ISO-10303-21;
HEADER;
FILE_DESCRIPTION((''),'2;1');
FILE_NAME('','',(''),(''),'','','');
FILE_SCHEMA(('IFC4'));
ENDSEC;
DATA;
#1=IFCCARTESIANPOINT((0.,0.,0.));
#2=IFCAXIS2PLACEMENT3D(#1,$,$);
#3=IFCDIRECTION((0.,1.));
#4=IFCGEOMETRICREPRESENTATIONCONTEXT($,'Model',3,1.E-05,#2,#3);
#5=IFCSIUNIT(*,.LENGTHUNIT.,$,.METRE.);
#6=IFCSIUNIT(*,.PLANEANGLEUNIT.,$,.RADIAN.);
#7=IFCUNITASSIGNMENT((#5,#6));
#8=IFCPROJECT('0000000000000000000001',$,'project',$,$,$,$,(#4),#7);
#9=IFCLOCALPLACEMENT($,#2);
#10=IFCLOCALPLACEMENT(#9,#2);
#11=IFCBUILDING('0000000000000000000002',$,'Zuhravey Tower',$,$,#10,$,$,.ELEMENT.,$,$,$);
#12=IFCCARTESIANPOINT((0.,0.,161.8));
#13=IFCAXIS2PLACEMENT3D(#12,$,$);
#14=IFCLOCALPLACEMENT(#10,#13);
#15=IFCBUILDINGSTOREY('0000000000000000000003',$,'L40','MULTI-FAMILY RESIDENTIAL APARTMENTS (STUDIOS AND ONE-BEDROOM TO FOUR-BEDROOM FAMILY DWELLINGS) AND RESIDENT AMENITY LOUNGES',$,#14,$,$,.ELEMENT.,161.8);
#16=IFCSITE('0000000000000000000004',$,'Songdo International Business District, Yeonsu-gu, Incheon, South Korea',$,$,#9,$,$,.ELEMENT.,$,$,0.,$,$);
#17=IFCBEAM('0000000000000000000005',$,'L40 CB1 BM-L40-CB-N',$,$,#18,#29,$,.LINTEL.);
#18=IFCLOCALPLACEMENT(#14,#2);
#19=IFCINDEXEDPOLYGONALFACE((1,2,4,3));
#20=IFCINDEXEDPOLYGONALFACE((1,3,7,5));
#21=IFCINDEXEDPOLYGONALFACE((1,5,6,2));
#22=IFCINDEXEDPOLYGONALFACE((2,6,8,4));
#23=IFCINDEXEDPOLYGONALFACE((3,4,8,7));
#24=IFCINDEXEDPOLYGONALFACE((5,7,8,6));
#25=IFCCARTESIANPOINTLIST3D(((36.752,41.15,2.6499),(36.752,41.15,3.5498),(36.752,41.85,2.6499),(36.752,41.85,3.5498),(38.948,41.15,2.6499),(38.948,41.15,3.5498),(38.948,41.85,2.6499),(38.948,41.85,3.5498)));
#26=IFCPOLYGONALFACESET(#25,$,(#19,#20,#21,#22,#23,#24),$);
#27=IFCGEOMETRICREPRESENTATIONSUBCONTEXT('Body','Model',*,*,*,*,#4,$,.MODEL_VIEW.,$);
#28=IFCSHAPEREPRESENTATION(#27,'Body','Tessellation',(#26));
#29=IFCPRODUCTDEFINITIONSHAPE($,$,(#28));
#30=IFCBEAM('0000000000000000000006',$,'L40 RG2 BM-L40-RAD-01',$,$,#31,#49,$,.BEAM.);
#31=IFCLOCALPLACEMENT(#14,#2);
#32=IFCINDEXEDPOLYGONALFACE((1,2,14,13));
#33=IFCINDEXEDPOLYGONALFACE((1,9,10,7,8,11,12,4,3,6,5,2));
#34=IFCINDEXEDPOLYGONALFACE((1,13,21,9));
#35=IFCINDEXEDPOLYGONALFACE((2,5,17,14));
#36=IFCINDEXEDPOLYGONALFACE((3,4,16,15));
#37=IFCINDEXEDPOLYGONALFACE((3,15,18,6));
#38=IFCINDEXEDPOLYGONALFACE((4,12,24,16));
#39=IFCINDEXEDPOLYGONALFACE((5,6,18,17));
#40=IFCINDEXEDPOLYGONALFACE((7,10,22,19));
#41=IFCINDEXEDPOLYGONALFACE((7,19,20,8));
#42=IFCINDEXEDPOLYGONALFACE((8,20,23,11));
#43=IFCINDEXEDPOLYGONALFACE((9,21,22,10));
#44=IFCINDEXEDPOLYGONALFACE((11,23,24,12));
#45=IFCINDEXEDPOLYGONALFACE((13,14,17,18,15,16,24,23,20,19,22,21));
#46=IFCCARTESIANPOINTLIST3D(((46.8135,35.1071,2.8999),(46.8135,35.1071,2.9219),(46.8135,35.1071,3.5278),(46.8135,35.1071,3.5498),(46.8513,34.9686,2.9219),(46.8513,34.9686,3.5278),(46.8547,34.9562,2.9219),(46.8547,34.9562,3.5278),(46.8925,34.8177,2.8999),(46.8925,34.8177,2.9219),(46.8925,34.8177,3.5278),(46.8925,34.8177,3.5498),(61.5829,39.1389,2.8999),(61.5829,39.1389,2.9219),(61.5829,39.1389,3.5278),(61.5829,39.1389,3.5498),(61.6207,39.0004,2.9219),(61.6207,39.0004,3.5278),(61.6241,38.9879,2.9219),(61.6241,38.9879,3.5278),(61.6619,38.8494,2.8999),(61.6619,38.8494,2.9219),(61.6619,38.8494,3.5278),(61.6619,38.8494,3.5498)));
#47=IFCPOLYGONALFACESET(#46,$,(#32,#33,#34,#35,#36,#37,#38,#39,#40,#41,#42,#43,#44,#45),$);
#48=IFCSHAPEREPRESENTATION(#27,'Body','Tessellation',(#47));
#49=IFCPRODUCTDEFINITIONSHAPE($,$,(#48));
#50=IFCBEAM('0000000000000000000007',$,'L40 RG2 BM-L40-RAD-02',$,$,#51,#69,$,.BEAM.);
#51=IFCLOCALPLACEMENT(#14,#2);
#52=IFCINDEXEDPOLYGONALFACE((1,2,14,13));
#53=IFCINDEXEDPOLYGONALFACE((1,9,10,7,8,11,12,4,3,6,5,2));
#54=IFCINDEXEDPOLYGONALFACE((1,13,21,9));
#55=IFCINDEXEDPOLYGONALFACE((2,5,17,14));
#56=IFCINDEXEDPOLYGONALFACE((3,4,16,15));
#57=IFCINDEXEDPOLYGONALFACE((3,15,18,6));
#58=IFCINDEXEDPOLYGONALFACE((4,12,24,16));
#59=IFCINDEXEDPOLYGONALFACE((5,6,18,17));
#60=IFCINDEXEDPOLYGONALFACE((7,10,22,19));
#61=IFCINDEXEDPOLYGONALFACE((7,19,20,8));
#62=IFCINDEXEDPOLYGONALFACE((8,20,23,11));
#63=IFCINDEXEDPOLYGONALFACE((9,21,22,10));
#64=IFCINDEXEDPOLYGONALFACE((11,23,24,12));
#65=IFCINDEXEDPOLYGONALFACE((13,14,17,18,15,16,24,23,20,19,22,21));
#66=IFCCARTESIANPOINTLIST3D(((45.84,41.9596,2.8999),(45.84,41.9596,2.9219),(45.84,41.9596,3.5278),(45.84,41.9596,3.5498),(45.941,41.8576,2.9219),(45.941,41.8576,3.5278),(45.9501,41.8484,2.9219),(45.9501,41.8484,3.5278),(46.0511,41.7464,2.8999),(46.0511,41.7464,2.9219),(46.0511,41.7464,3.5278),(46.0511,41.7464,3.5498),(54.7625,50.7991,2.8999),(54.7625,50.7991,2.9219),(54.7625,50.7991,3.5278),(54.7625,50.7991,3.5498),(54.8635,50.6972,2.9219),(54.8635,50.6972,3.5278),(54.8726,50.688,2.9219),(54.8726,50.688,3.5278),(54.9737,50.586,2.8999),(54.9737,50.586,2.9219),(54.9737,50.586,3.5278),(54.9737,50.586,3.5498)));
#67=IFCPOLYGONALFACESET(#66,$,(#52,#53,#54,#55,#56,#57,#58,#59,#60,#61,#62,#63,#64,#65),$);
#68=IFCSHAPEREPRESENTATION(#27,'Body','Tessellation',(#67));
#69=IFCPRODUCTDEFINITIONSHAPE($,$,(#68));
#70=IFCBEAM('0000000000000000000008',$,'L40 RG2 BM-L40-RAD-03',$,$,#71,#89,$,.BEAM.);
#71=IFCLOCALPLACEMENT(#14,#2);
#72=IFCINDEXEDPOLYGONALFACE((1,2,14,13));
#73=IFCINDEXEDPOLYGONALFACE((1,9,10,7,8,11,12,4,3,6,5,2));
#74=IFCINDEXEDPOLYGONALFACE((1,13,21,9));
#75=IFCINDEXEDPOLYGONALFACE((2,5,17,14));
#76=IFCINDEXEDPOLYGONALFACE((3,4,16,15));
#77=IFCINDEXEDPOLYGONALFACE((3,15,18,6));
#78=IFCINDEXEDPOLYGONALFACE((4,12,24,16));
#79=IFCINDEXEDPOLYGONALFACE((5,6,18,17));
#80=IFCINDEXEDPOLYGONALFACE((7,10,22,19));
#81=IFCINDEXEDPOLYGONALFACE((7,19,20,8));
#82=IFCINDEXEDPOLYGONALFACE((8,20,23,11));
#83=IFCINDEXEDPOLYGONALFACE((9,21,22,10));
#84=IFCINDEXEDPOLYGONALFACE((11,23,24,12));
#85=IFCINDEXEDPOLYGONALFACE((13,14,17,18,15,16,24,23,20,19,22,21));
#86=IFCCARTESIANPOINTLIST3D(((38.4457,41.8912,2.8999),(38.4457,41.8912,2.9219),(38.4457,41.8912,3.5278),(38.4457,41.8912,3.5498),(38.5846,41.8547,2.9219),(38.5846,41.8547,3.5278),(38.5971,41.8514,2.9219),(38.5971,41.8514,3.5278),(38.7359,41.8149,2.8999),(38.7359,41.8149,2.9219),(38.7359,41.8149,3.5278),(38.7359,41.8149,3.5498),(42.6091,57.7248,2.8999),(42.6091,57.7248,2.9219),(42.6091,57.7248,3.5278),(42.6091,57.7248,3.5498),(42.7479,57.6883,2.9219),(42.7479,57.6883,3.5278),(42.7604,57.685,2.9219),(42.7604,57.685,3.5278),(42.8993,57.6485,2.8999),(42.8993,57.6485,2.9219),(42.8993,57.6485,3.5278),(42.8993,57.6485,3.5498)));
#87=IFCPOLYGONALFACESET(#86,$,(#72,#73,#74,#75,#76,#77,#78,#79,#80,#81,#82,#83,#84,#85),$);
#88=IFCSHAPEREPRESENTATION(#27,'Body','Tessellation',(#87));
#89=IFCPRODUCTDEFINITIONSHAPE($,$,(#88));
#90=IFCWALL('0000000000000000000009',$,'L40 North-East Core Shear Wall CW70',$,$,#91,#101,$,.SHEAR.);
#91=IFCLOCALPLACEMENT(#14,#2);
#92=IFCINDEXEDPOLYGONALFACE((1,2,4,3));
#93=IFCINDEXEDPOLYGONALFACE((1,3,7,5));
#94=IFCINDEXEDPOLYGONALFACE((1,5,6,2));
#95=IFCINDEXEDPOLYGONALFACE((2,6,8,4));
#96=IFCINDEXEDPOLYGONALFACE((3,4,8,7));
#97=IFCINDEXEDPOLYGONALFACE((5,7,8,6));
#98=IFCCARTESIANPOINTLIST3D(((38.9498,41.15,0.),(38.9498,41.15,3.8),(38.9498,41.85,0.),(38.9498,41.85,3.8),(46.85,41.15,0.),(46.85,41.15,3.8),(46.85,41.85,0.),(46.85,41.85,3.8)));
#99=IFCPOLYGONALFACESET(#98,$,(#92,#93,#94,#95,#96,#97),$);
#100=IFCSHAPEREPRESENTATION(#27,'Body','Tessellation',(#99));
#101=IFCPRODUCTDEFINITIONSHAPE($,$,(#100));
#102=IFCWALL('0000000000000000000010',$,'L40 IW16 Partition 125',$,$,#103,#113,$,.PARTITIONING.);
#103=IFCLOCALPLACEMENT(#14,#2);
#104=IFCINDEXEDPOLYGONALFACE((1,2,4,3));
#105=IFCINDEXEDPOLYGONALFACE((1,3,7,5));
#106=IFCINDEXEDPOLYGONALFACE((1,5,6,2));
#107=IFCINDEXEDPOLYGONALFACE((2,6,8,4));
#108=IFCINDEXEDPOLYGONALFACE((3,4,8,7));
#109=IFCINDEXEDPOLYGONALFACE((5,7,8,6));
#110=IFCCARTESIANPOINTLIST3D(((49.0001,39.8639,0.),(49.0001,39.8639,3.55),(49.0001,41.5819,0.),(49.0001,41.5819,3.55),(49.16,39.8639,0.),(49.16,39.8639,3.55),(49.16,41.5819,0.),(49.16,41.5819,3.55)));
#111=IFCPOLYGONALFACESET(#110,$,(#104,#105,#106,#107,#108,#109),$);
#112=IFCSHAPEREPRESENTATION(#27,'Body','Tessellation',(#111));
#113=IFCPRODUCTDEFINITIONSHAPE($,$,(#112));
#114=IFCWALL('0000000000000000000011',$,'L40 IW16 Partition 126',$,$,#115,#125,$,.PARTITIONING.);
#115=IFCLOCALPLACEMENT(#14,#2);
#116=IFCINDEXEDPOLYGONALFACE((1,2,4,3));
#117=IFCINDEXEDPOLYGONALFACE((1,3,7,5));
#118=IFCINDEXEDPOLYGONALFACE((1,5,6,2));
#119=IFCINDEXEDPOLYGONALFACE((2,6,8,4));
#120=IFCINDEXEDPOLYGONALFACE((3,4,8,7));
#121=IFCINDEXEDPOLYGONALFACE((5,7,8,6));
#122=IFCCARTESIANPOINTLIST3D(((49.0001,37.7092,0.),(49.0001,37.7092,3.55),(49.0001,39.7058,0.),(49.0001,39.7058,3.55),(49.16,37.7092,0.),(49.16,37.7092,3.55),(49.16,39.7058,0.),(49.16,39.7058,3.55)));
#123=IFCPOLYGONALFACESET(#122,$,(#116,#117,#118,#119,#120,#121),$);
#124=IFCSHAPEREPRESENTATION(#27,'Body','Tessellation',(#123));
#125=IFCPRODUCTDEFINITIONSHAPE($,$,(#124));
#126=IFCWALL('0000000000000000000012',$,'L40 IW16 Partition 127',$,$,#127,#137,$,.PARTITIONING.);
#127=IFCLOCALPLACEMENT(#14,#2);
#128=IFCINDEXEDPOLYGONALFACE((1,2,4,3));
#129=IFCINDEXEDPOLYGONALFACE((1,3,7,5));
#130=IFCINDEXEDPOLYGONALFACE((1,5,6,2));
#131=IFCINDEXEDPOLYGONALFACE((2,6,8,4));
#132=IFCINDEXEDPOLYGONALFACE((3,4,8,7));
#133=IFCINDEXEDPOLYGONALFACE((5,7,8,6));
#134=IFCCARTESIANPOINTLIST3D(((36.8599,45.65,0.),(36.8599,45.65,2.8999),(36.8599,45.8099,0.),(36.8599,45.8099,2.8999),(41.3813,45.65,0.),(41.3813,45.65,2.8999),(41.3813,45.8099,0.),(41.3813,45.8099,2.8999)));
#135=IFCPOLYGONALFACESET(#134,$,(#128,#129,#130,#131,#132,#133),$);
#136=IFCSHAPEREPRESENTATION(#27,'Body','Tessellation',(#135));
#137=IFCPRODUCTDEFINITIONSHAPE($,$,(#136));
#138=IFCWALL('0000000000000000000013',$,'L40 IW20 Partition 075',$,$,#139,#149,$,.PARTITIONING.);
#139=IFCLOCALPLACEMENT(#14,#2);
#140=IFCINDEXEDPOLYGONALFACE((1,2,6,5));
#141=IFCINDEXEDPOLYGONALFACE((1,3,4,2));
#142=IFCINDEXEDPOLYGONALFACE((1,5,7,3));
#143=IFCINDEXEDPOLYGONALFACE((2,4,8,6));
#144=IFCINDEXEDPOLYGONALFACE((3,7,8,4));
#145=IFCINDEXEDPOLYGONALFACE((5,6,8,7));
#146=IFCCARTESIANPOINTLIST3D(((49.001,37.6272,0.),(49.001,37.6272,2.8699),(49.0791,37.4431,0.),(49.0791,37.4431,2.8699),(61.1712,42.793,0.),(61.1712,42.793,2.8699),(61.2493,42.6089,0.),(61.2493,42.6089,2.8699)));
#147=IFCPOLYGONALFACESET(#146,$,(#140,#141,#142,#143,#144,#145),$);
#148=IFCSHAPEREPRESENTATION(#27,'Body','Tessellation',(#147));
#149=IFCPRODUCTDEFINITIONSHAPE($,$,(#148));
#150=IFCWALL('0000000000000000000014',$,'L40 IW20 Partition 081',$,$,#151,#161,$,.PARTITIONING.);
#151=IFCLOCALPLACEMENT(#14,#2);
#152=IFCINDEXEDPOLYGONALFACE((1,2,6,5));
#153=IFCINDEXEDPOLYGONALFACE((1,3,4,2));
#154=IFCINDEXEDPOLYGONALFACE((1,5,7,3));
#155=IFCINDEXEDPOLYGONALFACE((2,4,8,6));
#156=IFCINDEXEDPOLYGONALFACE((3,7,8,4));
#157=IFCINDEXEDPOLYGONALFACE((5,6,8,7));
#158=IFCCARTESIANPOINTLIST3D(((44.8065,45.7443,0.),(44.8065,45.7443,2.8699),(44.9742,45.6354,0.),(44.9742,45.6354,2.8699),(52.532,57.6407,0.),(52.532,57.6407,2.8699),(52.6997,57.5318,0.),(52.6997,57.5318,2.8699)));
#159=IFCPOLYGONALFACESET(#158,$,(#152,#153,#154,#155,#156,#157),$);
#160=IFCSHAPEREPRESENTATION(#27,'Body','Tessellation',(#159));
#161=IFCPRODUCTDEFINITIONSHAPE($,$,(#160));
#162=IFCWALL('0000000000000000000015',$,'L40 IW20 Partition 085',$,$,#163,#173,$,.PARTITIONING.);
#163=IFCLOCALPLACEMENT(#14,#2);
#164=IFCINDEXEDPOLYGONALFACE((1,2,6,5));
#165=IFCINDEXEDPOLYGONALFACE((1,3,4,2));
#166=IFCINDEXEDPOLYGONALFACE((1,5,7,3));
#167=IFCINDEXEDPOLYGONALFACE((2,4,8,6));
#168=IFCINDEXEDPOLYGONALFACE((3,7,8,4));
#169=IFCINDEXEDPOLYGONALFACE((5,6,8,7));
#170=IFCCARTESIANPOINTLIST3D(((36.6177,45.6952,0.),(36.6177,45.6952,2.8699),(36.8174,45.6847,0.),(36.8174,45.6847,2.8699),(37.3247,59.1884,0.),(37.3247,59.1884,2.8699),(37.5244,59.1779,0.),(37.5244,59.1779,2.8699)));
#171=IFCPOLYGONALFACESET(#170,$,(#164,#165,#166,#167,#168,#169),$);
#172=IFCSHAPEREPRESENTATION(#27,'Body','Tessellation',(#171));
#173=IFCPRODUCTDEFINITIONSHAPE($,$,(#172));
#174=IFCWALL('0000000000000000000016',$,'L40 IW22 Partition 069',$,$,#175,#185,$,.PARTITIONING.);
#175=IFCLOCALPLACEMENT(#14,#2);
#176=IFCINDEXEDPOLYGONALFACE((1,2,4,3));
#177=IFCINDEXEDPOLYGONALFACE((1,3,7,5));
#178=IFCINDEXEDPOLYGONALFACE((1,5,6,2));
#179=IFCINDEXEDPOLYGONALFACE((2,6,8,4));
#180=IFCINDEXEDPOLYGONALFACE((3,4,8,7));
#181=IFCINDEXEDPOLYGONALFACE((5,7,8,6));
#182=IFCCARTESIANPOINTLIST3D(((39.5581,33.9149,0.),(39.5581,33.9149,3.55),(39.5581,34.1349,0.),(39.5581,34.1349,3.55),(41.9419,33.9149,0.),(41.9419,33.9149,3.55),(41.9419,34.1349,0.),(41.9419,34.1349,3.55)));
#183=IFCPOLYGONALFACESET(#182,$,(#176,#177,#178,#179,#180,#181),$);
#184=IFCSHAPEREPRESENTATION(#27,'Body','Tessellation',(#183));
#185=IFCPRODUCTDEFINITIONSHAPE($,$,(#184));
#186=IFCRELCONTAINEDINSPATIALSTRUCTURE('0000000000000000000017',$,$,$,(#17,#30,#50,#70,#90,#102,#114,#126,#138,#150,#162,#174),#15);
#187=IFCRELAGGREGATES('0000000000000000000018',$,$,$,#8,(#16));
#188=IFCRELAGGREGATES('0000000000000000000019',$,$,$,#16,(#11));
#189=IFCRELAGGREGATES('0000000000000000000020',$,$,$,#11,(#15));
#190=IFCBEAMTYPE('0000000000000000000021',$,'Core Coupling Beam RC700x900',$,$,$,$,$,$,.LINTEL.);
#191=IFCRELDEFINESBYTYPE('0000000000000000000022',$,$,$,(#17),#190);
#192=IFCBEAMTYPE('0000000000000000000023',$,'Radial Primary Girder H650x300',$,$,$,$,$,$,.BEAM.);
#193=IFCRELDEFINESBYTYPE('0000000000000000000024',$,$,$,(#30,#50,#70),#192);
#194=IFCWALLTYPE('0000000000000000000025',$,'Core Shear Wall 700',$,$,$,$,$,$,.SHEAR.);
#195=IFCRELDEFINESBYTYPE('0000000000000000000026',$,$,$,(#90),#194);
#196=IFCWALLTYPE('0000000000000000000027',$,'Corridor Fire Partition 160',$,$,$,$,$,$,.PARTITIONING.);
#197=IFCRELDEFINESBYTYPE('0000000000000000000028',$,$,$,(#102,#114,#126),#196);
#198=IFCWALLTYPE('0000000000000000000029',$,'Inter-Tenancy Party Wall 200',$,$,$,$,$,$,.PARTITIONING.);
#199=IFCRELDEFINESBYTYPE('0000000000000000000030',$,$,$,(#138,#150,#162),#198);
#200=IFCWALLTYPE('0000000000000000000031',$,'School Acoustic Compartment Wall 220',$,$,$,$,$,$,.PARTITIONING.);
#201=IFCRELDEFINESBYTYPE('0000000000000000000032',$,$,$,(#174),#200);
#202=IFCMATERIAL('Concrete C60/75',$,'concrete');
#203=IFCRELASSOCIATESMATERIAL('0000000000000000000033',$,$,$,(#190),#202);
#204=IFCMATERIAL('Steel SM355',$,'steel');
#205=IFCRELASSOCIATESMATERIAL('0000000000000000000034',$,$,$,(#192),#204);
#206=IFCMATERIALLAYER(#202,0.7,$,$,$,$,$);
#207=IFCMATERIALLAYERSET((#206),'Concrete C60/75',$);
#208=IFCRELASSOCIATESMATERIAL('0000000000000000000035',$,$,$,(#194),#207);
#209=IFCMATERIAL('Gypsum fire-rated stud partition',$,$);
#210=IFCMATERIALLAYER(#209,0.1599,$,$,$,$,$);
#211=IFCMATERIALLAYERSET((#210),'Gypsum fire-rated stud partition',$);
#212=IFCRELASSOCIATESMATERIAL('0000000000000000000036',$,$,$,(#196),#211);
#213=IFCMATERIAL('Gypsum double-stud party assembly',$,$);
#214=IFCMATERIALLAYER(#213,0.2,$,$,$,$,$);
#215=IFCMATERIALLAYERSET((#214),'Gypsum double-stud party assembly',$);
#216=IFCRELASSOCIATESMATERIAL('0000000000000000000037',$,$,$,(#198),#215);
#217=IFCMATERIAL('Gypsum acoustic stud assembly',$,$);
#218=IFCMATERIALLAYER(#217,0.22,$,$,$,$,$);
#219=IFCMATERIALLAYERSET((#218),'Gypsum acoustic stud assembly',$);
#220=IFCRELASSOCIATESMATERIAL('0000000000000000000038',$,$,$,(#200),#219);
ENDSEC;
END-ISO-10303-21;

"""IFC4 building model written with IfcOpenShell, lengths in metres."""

from ifc_helpers import new_model, si_unit, direction, frame, frame_2d, origin, origin_2d, place, context, subcontext, project, spatial, rectangle, i_section, extrude, material, layer, layer_set, material_profile, profile_set, type_object, element, save


model = new_model("IFC4")

# Units and contexts
model_context = context("Model", 3, precision=1e-05, world=origin(), true_north=direction((0.0, 1.0)))
body_context = subcontext(model_context, "Body", "Model", "MODEL_VIEW")
ifc_project = project(units=[si_unit("LENGTHUNIT", "METRE"), si_unit("PLANEANGLEUNIT", "RADIAN")], contexts=[model_context])

# Site, building, storey
site_placement = place(None, origin())
site = spatial("IfcSite", under=ifc_project, at=site_placement, Name="Songdo International Business District, Yeonsu-gu, Incheon, South Korea", CompositionType="ELEMENT", RefElevation=0.0)
building_placement = place(site_placement, origin())
building = spatial("IfcBuilding", under=site, at=building_placement, Name="Zuhravey Tower", CompositionType="ELEMENT")
storey_placement = place(building_placement, frame((0.0, 0.0, 161.8)))
storey = spatial("IfcBuildingStorey", under=building, at=storey_placement, Name="L40", Description="MULTI-FAMILY RESIDENTIAL APARTMENTS (STUDIOS AND ONE-BEDROOM TO FOUR-BEDROOM FAMILY DWELLINGS) AND RESIDENT AMENITY LOUNGES", CompositionType="ELEMENT", Elevation=161.8)

# Beams
ifc_material_1 = material(Name="Concrete C60/75", Category="concrete")
ifc_material_profile_1 = material_profile(ifc_material_1, rectangle(XDim=0.7, YDim=0.8999, at=origin_2d()), Name="RC-700x900")
ifc_profile_set_1 = profile_set([ifc_material_profile_1], Name="Concrete C60/75")
beam_type_1 = type_object("IfcBeamType", Name="Core Coupling Beam RC700x900", PredefinedType="LINTEL", material=ifc_profile_set_1)
beam_1_placement = place(storey_placement, frame((36.752, 41.5, 3.0999), z_axis=(1.0, 0.0, 0.0), x_axis=(0.0, 1.0, 0.0)))
element("IfcBeam", 1, at=beam_1_placement, inside=storey, type_object=beam_type_1, Name="L40 CB1 BM-L40-CB-N", PredefinedType="LINTEL", context=body_context, shape_type="SweptSolid", body=[
    extrude(rectangle(XDim=0.7, YDim=0.8999, at=origin_2d()), origin(), (0.0, 0.0, 1.0), 2.196),
])
ifc_material_2 = material(Name="Steel SM355", Category="steel")
ifc_material_profile_2 = material_profile(ifc_material_2, i_section(OverallWidth=0.3, OverallDepth=0.6499, WebThickness=0.0129, FlangeThickness=0.022, at=origin_2d()), Name="H-650x300x13x22")
ifc_profile_set_2 = profile_set([ifc_material_profile_2], Name="Steel SM355")
beam_type_2 = type_object("IfcBeamType", Name="Radial Primary Girder H650x300", PredefinedType="BEAM", material=ifc_profile_set_2)
beam_2_placement = place(storey_placement, frame((46.853, 34.9624, 3.2249), z_axis=(0.964702, 0.263345, 0.0), x_axis=(-0.263345, 0.964702, 0.0)))
element("IfcBeam", 2, at=beam_2_placement, inside=storey, type_object=beam_type_2, Name="L40 RG2 BM-L40-RAD-01", PredefinedType="BEAM", context=body_context, shape_type="SweptSolid", body=[
    extrude(i_section(OverallWidth=0.3, OverallDepth=0.6499, WebThickness=0.0129, FlangeThickness=0.022, at=origin_2d()), origin(), (0.0, 0.0, 1.0), 15.3098),
])
beam_3_placement = place(storey_placement, frame((45.9456, 41.853, 3.2249), z_axis=(0.710404, 0.703795, 0.0), x_axis=(-0.703795, 0.710404, 0.0)))
element("IfcBeam", 3, at=beam_3_placement, inside=storey, type_object=beam_type_2, Name="L40 RG2 BM-L40-RAD-02", PredefinedType="BEAM", context=body_context, shape_type="SweptSolid", body=[
    extrude(i_section(OverallWidth=0.3, OverallDepth=0.6499, WebThickness=0.0129, FlangeThickness=0.022, at=origin_2d()), origin(), (0.0, 0.0, 1.0), 12.5598),
])
beam_4_placement = place(storey_placement, frame((38.5908, 41.853, 3.2249), z_axis=(0.2543, 0.967125, 0.0), x_axis=(-0.967125, 0.2543, 0.0)))
element("IfcBeam", 4, at=beam_4_placement, inside=storey, type_object=beam_type_2, Name="L40 RG2 BM-L40-RAD-03", PredefinedType="BEAM", context=body_context, shape_type="SweptSolid", body=[
    extrude(i_section(OverallWidth=0.3, OverallDepth=0.6499, WebThickness=0.0129, FlangeThickness=0.022, at=origin_2d()), origin(), (0.0, 0.0, 1.0), 16.3718),
])

# Wall
ifc_layer_1 = layer(ifc_material_1, 0.7)
ifc_layer_set_1 = layer_set([ifc_layer_1], Name="Concrete C60/75")
wall_type_1 = type_object("IfcWallType", Name="Core Shear Wall 700", PredefinedType="SHEAR", material=ifc_layer_set_1)
wall_1_placement = place(storey_placement, frame((46.8501, 41.5, 0.0), z_axis=(0.0, 0.0, 1.0), x_axis=(-1.0, 0.0, 0.0)))
element("IfcWall", 5, at=wall_1_placement, inside=storey, type_object=wall_type_1, Name="L40 North-East Core Shear Wall CW70", PredefinedType="SHEAR", context=body_context, shape_type="SweptSolid", body=[
    extrude(rectangle(XDim=7.9001, YDim=0.7, at=frame_2d((3.9502, 0.0))), origin(), (0.0, 0.0, 1.0), 3.8),
])

# Shared definitions
ifc_material_3 = material(Name="Gypsum fire-rated stud partition")
ifc_layer_2 = layer(ifc_material_3, 0.1599)
ifc_layer_set_2 = layer_set([ifc_layer_2], Name="Gypsum fire-rated stud partition")
wall_type_2 = type_object("IfcWallType", Name="Corridor Fire Partition 160", PredefinedType="PARTITIONING", material=ifc_layer_set_2)

# Walls
wall_2_placement = place(storey_placement, frame((49.0801, 39.864, 0.0), z_axis=(0.0, 0.0, 1.0), x_axis=(0.0, 1.0, 0.0)))
element("IfcWall", 6, at=wall_2_placement, inside=storey, type_object=wall_type_2, Name="L40 IW16 Partition 125", PredefinedType="PARTITIONING", context=body_context, shape_type="SweptSolid", body=[
    extrude(rectangle(XDim=1.718, YDim=0.1599, at=frame_2d((0.8589, 0.0))), origin(), (0.0, 0.0, 1.0), 3.55),
])
wall_3_placement = place(storey_placement, frame((49.0801, 37.7092, 0.0), z_axis=(0.0, 0.0, 1.0), x_axis=(0.0, 1.0, 0.0)))
element("IfcWall", 7, at=wall_3_placement, inside=storey, type_object=wall_type_2, Name="L40 IW16 Partition 126", PredefinedType="PARTITIONING", context=body_context, shape_type="SweptSolid", body=[
    extrude(rectangle(XDim=1.9966, YDim=0.1599, at=frame_2d((0.9983, 0.0))), origin(), (0.0, 0.0, 1.0), 3.55),
])
wall_4_placement = place(storey_placement, frame((41.3813, 45.73, 0.0), z_axis=(0.0, 0.0, 1.0), x_axis=(-1.0, 0.0, 0.0)))
element("IfcWall", 8, at=wall_4_placement, inside=storey, type_object=wall_type_2, Name="L40 IW16 Partition 127", PredefinedType="PARTITIONING", context=body_context, shape_type="SweptSolid", body=[
    extrude(rectangle(XDim=4.5215, YDim=0.1599, at=frame_2d((2.2607, 0.0))), origin(), (0.0, 0.0, 1.0), 2.8999),
])

# Walls
ifc_material_4 = material(Name="Gypsum double-stud party assembly")
ifc_layer_3 = layer(ifc_material_4, 0.2)
ifc_layer_set_3 = layer_set([ifc_layer_3], Name="Gypsum double-stud party assembly")
wall_type_3 = type_object("IfcWallType", Name="Inter-Tenancy Party Wall 200", PredefinedType="PARTITIONING", material=ifc_layer_set_3)
wall_5_placement = place(storey_placement, frame((49.04, 37.5352, 0.0), z_axis=(0.0, 0.0, 1.0), x_axis=(0.920509, 0.390721, 0.0)))
element("IfcWall", 9, at=wall_5_placement, inside=storey, type_object=wall_type_3, Name="L40 IW20 Partition 075", PredefinedType="PARTITIONING", context=body_context, shape_type="SweptSolid", body=[
    extrude(rectangle(XDim=13.2212, YDim=0.2, at=frame_2d((6.6106, 0.0))), origin(), (0.0, 0.0, 1.0), 2.8699),
])
wall_6_placement = place(storey_placement, frame((44.8904, 45.6899, 0.0), z_axis=(0.0, 0.0, 1.0), x_axis=(0.544635, 0.838673, 0.0)))
element("IfcWall", 10, at=wall_6_placement, inside=storey, type_object=wall_type_3, Name="L40 IW20 Partition 081", PredefinedType="PARTITIONING", context=body_context, shape_type="SweptSolid", body=[
    extrude(rectangle(XDim=14.1848, YDim=0.2, at=frame_2d((7.0923, 0.0))), origin(), (0.0, 0.0, 1.0), 2.8699),
])
wall_7_placement = place(storey_placement, frame((36.7175, 45.6899, 0.0), z_axis=(0.0, 0.0, 1.0), x_axis=(0.052327, 0.99863, 0.0)))
element("IfcWall", 11, at=wall_7_placement, inside=storey, type_object=wall_type_3, Name="L40 IW20 Partition 085", PredefinedType="PARTITIONING", context=body_context, shape_type="SweptSolid", body=[
    extrude(rectangle(XDim=13.5117, YDim=0.2, at=frame_2d((6.7559, 0.0))), origin(), (0.0, 0.0, 1.0), 2.8699),
])
ifc_material_5 = material(Name="Gypsum acoustic stud assembly")
ifc_layer_4 = layer(ifc_material_5, 0.22)
ifc_layer_set_4 = layer_set([ifc_layer_4], Name="Gypsum acoustic stud assembly")
wall_type_4 = type_object("IfcWallType", Name="School Acoustic Compartment Wall 220", PredefinedType="PARTITIONING", material=ifc_layer_set_4)
for number, where, z_axis, x_axis, name in (
    (12, (39.5581, 34.0249, 0.0), (0.0, 0.0, 1.0), (1.0, 0.0, 0.0), "L40 IW22 Partition 069"),
):
    element("IfcWall", number, at=place(storey_placement, frame(where, z_axis=z_axis, x_axis=x_axis)), inside=storey, type_object=wall_type_4, Name=name, PredefinedType="PARTITIONING", context=body_context, shape_type="SweptSolid", body=[
        extrude(rectangle(XDim=2.3838, YDim=0.22, at=frame_2d((1.1919, 0.0))), origin(), (0.0, 0.0, 1.0), 3.55),
    ])

save(model, "model.ifc")
